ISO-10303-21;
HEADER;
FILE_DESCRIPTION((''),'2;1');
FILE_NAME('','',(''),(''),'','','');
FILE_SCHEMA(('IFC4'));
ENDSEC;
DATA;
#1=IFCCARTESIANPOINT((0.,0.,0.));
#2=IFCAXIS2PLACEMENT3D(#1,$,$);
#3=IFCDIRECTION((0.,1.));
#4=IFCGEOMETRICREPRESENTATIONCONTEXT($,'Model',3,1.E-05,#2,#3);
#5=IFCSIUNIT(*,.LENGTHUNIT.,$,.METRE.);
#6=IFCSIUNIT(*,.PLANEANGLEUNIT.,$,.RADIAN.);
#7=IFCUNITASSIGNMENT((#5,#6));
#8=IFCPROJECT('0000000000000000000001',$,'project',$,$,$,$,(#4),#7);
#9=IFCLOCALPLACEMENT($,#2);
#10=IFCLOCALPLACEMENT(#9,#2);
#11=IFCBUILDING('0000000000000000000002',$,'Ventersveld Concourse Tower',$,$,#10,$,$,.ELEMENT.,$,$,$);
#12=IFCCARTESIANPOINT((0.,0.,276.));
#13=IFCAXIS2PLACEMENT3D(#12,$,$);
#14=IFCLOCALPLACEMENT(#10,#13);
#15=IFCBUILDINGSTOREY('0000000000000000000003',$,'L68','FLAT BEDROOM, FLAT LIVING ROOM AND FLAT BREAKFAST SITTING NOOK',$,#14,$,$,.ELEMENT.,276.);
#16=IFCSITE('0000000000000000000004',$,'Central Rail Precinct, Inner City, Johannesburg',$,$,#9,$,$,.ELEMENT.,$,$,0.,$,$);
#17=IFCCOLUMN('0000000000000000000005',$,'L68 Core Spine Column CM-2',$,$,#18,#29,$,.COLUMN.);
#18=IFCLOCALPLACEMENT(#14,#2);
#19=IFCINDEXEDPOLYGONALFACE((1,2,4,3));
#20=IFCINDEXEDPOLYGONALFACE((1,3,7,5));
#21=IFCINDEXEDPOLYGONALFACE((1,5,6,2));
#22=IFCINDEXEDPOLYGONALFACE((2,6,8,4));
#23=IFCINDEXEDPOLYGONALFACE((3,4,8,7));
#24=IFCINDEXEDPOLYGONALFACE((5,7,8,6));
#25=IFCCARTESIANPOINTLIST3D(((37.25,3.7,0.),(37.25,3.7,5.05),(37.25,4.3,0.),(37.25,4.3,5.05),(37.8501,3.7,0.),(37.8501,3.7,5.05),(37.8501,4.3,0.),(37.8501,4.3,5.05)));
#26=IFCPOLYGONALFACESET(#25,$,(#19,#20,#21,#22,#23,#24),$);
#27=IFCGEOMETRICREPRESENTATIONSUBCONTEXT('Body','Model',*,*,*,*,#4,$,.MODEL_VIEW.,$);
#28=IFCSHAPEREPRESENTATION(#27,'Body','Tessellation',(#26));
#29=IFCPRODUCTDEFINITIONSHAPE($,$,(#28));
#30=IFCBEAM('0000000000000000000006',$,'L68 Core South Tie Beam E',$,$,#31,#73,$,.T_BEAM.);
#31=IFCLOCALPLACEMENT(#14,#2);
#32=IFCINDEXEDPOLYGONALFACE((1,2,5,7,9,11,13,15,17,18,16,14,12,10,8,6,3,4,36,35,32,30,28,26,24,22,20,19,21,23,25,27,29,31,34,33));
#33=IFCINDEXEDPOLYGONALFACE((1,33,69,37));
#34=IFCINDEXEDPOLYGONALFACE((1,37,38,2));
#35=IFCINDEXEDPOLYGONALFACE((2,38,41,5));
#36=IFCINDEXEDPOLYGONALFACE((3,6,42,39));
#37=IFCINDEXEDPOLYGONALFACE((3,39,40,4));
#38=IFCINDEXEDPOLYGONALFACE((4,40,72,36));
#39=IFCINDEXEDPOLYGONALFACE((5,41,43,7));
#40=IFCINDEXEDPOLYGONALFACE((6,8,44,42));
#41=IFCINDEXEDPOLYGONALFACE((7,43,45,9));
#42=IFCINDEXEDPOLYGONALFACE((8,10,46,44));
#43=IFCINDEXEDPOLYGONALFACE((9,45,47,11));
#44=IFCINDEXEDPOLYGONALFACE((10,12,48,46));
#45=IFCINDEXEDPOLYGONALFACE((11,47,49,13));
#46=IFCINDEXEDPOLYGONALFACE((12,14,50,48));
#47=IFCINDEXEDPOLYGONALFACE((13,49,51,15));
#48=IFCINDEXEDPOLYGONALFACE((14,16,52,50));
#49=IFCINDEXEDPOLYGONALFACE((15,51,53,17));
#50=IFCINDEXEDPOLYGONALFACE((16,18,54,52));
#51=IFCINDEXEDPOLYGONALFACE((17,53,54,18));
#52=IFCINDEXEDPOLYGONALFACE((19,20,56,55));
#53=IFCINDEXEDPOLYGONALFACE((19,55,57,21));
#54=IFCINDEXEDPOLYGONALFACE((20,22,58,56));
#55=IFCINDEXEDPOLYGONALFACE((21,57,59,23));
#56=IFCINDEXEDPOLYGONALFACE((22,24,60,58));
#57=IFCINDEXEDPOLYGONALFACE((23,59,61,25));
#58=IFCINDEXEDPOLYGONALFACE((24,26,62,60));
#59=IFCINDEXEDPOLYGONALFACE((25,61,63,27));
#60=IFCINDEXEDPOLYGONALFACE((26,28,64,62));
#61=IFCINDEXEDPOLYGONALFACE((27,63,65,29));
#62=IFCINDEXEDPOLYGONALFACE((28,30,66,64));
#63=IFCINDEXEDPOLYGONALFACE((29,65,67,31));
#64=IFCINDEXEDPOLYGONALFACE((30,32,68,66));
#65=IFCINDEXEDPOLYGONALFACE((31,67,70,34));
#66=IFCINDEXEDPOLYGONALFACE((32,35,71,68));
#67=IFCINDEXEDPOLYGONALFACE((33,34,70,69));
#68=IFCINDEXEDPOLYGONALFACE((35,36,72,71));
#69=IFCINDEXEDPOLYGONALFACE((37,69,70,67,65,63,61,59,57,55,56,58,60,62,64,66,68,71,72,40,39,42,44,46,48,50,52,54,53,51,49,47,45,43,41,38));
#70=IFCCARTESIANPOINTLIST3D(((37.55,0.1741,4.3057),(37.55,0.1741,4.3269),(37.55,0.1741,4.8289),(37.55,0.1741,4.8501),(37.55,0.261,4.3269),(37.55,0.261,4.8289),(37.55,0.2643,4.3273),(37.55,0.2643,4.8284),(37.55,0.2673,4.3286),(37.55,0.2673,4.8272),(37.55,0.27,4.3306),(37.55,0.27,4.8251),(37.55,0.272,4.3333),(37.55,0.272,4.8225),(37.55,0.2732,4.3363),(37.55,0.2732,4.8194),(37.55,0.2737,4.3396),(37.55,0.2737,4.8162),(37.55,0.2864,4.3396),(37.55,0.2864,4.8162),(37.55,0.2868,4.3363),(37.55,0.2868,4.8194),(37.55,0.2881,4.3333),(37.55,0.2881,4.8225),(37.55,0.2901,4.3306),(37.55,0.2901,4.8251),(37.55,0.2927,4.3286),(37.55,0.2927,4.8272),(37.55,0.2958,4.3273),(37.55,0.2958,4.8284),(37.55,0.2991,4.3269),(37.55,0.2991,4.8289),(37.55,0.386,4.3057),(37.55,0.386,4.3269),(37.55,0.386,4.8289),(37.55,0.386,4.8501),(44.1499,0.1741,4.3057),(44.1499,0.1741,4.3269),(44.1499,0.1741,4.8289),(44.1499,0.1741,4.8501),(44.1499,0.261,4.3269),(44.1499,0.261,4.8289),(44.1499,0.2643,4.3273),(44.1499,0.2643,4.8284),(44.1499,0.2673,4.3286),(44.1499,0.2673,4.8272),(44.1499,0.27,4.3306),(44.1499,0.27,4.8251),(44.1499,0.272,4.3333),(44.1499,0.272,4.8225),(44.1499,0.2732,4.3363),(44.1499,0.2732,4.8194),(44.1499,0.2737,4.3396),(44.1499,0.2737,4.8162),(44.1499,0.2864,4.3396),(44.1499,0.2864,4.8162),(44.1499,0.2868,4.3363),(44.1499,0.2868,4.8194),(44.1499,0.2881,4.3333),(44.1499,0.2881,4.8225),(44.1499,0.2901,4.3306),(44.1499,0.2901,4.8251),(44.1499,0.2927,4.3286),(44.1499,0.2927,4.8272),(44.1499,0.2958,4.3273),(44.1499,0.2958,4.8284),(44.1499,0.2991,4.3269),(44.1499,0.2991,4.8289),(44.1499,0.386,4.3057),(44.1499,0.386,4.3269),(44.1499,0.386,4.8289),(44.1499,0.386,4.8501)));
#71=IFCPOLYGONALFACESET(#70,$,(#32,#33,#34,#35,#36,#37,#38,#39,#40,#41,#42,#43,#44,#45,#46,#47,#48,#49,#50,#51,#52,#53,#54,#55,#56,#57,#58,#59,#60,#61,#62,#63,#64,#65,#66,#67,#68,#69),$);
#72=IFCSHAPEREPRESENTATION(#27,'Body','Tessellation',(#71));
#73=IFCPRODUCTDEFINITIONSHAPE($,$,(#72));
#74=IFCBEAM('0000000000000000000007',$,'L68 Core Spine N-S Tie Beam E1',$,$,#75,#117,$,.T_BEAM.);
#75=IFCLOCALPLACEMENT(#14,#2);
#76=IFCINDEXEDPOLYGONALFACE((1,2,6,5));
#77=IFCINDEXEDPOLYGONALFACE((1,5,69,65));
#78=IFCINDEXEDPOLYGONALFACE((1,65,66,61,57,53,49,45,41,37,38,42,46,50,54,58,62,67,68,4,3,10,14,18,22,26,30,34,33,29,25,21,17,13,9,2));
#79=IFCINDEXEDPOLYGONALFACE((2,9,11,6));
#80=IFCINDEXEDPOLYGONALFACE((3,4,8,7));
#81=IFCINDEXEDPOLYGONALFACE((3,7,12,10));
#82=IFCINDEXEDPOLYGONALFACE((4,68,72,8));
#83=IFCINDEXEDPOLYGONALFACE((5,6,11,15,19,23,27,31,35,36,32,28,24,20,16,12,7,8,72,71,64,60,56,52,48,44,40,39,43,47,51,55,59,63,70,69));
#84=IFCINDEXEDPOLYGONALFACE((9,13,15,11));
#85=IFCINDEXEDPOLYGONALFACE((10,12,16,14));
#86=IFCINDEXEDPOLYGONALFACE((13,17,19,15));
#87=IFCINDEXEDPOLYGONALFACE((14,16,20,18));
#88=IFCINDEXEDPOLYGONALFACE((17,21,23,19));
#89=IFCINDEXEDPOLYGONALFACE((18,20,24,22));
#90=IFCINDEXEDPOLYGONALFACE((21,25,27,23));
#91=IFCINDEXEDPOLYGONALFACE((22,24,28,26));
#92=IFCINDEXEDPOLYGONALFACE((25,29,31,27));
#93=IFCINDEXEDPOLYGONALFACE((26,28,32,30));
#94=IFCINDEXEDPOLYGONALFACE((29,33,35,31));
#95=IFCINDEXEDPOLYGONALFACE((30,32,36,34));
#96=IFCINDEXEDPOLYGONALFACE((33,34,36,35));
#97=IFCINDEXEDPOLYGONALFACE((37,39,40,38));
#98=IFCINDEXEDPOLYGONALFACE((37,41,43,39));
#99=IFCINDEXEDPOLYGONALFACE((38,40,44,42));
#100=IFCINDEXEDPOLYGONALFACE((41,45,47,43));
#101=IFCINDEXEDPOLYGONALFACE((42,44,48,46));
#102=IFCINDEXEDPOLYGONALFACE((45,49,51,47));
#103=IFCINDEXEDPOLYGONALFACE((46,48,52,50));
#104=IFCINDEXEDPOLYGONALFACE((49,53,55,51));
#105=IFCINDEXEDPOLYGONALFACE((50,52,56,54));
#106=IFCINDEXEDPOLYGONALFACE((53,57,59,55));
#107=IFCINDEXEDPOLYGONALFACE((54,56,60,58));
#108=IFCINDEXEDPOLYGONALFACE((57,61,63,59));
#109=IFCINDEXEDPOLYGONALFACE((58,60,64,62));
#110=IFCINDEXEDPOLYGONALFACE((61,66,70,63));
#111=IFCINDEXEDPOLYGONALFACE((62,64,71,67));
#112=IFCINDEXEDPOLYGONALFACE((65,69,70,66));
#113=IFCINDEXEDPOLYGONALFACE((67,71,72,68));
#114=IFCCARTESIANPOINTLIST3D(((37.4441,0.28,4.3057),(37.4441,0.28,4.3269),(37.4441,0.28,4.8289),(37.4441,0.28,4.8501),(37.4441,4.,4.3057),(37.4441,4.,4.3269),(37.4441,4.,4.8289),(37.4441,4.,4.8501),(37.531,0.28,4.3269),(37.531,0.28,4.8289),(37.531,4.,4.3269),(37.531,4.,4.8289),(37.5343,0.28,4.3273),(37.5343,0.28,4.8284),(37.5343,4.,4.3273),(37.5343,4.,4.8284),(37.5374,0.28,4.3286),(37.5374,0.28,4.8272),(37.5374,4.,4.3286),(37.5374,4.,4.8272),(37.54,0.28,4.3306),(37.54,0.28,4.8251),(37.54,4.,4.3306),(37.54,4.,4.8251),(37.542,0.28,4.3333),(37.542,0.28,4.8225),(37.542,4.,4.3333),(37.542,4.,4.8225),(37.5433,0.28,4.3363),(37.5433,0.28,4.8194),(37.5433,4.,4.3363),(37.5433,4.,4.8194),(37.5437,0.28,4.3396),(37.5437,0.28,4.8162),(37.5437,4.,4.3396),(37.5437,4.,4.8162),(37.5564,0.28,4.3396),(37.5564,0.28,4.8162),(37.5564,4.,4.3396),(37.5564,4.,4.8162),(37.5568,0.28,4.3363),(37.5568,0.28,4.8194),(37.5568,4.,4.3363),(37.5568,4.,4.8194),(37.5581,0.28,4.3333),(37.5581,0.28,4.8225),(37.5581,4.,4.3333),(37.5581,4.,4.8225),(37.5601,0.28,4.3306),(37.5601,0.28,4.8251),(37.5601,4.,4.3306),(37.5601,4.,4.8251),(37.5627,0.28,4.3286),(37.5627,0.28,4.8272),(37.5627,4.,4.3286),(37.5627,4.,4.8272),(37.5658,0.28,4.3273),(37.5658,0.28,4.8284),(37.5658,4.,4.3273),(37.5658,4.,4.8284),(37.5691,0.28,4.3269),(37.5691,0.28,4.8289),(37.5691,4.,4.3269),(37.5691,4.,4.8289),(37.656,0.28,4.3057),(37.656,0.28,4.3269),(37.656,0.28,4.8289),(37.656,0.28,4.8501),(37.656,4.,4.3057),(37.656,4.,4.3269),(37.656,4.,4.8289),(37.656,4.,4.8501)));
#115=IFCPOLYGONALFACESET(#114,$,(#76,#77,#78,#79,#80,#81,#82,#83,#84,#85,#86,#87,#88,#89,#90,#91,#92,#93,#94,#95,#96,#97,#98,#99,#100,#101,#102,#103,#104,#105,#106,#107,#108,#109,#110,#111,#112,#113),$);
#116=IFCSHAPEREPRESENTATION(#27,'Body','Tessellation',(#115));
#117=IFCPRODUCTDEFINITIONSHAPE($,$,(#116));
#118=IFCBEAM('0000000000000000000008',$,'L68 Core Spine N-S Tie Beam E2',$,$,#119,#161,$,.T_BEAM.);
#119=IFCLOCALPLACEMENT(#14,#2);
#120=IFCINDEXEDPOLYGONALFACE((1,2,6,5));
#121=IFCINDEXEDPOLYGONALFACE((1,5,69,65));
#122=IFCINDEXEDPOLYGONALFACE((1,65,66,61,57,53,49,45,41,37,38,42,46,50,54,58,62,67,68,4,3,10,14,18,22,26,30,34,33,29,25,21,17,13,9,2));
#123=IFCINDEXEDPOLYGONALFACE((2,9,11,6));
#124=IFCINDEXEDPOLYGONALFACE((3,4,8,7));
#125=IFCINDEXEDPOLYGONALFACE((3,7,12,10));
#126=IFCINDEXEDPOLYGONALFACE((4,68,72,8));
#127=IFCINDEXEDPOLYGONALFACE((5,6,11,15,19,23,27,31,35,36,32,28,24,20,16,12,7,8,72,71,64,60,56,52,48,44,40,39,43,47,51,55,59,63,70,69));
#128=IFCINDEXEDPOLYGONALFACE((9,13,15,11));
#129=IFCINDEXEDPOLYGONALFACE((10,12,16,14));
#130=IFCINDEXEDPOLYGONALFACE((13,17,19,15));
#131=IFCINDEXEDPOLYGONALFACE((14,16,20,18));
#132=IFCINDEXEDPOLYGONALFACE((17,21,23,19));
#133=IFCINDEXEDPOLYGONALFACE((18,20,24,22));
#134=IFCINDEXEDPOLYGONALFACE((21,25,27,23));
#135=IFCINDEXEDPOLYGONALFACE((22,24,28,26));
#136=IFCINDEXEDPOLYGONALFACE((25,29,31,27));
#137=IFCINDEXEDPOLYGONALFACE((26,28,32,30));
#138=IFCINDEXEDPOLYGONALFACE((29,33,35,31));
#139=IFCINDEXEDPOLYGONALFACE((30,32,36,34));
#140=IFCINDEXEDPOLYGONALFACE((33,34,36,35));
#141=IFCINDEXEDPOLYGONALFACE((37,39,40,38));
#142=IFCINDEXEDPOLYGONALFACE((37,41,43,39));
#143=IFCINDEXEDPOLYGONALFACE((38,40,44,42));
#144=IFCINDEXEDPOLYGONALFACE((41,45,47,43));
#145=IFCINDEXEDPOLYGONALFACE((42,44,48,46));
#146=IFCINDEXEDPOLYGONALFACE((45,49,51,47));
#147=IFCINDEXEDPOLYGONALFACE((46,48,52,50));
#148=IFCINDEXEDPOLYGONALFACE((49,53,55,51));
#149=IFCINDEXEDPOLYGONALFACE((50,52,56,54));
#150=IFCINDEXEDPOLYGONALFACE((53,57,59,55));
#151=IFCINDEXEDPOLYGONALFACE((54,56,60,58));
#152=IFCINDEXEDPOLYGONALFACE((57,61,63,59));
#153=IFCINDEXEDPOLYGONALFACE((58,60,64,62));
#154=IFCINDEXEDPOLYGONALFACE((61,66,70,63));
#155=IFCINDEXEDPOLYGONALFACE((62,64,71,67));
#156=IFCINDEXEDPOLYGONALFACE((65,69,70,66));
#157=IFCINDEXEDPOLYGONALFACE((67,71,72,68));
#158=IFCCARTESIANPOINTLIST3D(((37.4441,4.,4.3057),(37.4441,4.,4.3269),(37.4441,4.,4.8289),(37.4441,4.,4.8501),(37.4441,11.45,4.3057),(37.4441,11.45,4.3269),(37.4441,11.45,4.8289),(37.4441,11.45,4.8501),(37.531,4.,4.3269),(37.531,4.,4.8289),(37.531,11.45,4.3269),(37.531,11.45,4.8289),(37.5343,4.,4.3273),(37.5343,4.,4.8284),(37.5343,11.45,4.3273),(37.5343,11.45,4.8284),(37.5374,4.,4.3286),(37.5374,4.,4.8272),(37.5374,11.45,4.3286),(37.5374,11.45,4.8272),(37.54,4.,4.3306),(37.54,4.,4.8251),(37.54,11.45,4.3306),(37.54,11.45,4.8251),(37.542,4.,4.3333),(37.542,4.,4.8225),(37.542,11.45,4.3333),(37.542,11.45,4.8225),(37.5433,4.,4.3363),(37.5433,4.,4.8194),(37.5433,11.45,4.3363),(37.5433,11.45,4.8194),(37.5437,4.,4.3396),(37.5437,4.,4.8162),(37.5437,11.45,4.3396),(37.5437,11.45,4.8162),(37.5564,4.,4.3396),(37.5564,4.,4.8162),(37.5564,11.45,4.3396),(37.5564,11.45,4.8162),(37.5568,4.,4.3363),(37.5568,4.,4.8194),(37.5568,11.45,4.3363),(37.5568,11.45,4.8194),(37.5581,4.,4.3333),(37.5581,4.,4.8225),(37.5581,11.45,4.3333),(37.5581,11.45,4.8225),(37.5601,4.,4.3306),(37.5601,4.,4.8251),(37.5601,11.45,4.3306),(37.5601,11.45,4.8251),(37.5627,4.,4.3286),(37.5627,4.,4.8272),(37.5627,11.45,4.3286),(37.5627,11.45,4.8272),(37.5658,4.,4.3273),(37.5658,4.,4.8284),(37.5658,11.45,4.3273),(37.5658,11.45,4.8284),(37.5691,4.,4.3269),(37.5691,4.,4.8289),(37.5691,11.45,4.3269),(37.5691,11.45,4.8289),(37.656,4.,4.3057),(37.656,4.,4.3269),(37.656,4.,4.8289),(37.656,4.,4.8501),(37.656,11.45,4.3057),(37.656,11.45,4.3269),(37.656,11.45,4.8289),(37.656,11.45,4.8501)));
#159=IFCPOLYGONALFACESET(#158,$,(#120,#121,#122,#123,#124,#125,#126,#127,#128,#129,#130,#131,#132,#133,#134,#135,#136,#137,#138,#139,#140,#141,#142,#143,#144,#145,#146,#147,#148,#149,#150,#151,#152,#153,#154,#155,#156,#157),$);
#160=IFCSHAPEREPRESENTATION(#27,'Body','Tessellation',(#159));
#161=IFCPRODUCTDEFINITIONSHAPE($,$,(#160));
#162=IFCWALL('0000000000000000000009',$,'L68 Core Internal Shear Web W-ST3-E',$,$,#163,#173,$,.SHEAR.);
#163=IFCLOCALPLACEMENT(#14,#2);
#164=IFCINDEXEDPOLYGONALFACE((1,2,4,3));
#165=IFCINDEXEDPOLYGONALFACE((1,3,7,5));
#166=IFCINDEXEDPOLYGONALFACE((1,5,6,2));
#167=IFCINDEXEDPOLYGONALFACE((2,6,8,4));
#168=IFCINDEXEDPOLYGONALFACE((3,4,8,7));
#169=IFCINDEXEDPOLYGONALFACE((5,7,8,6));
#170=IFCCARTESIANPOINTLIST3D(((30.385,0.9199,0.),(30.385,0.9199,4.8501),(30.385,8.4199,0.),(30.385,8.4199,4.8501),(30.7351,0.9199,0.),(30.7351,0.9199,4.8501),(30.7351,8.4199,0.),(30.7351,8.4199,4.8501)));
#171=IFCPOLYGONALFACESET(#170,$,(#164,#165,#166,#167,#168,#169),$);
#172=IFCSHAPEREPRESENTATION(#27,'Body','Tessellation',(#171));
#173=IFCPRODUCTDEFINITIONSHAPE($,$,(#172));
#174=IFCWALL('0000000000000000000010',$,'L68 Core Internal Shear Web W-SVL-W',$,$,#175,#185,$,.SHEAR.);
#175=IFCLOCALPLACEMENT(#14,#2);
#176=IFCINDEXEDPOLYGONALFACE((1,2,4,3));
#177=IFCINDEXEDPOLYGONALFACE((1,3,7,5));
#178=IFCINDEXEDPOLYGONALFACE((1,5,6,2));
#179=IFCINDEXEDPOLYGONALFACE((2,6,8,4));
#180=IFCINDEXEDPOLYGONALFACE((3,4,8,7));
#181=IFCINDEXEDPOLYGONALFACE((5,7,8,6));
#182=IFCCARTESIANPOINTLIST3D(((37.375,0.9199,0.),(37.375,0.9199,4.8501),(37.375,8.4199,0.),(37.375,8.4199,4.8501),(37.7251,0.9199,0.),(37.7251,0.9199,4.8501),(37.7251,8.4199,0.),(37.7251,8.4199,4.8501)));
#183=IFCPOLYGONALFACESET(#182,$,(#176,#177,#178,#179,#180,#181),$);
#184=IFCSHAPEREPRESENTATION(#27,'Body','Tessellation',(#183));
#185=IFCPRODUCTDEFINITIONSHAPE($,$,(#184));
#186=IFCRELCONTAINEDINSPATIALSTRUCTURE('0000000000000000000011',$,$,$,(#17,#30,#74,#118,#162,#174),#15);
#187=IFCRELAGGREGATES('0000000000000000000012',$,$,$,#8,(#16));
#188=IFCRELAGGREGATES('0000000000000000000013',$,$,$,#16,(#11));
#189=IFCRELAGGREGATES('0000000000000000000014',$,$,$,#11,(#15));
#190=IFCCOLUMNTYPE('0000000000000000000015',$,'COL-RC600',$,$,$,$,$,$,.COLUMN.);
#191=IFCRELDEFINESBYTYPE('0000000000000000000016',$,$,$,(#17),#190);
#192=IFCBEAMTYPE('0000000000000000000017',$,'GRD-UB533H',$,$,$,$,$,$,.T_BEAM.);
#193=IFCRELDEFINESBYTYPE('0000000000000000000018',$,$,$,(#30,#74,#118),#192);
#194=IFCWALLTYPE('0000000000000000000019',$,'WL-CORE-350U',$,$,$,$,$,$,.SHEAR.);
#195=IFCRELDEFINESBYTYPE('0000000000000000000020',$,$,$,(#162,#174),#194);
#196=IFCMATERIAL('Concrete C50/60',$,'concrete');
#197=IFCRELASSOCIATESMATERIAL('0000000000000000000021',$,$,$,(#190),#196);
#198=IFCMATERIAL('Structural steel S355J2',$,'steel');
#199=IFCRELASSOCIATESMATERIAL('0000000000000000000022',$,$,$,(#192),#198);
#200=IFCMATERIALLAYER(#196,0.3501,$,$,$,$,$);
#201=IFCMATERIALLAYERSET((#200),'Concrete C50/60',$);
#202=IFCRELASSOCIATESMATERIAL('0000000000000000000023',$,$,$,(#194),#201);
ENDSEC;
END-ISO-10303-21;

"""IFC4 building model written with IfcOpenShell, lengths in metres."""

from ifc_helpers import new_model, si_unit, direction, frame, frame_2d, origin, origin_2d, place, context, subcontext, project, spatial, rectangle, i_section, extrude, material, layer, layer_set, material_profile, profile_set, type_object, element, save


model = new_model("IFC4")

# Units and contexts
model_context = context("Model", 3, precision=1e-05, world=origin(), true_north=direction((0.0, 1.0)))
body_context = subcontext(model_context, "Body", "Model", "MODEL_VIEW")
ifc_project = project(units=[si_unit("LENGTHUNIT", "METRE"), si_unit("PLANEANGLEUNIT", "RADIAN")], contexts=[model_context])

# Site, building, storey
site_placement = place(None, origin())
site = spatial("IfcSite", under=ifc_project, at=site_placement, Name="Central Rail Precinct, Inner City, Johannesburg", CompositionType="ELEMENT", RefElevation=0.0)
building_placement = place(site_placement, origin())
building = spatial("IfcBuilding", under=site, at=building_placement, Name="Ventersveld Concourse Tower", CompositionType="ELEMENT")
storey_placement = place(building_placement, frame((0.0, 0.0, 276.0)))
storey = spatial("IfcBuildingStorey", under=building, at=storey_placement, Name="L68", Description="FLAT BEDROOM, FLAT LIVING ROOM AND FLAT BREAKFAST SITTING NOOK", CompositionType="ELEMENT", Elevation=276.0)

# Column
ifc_material_1 = material(Name="Concrete C50/60", Category="concrete")
ifc_material_profile_1 = material_profile(ifc_material_1, rectangle(XDim=0.6001, YDim=0.6001, at=origin_2d()), Name="RC 600x600")
ifc_profile_set_1 = profile_set([ifc_material_profile_1], Name="Concrete C50/60")
column_type = type_object("IfcColumnType", Name="COL-RC600", PredefinedType="COLUMN", material=ifc_profile_set_1)
column_placement = place(storey_placement, frame((37.55, 4.0, 0.0), z_axis=(0.0, 0.0, 1.0), x_axis=(1.0, 0.0, 0.0)))
element("IfcColumn", 1, at=column_placement, inside=storey, type_object=column_type, Name="L68 Core Spine Column CM-2", PredefinedType="COLUMN", context=body_context, shape_type="SweptSolid", body=[
    extrude(rectangle(XDim=0.6001, YDim=0.6001, at=origin_2d()), origin(), (0.0, 0.0, 1.0), 5.05),
])

# Beams
ifc_material_2 = material(Name="Structural steel S355J2", Category="steel")
ifc_material_profile_2 = material_profile(ifc_material_2, i_section(OverallWidth=0.2119, OverallDepth=0.5444, WebThickness=0.0127, FlangeThickness=0.0212, FilletRadius=0.0127, at=origin_2d()), Name="UB 533x210x122")
ifc_profile_set_2 = profile_set([ifc_material_profile_2], Name="Structural steel S355J2")
beam_type = type_object("IfcBeamType", Name="GRD-UB533H", PredefinedType="T_BEAM", material=ifc_profile_set_2)
beam_1_placement = place(storey_placement, frame((37.55, 0.28, 4.5779), z_axis=(1.0, 0.0, 0.0), x_axis=(0.0, 1.0, 0.0)))
element("IfcBeam", 2, at=beam_1_placement, inside=storey, type_object=beam_type, Name="L68 Core South Tie Beam E", PredefinedType="T_BEAM", context=body_context, shape_type="SweptSolid", body=[
    extrude(i_section(OverallWidth=0.2119, OverallDepth=0.5444, WebThickness=0.0127, FlangeThickness=0.0212, FilletRadius=0.0127, at=origin_2d()), origin(), (0.0, 0.0, 1.0), 6.5999),
])
beam_2_placement = place(storey_placement, frame((37.55, 0.28, 4.5779), z_axis=(0.0, 1.0, 0.0), x_axis=(-1.0, 0.0, 0.0)))
element("IfcBeam", 3, at=beam_2_placement, inside=storey, type_object=beam_type, Name="L68 Core Spine N-S Tie Beam E1", PredefinedType="T_BEAM", context=body_context, shape_type="SweptSolid", body=[
    extrude(i_section(OverallWidth=0.2119, OverallDepth=0.5444, WebThickness=0.0127, FlangeThickness=0.0212, FilletRadius=0.0127, at=origin_2d()), origin(), (0.0, 0.0, 1.0), 3.72),
])
beam_3_placement = place(storey_placement, frame((37.55, 4.0, 4.5779), z_axis=(0.0, 1.0, 0.0), x_axis=(-1.0, 0.0, 0.0)))
element("IfcBeam", 4, at=beam_3_placement, inside=storey, type_object=beam_type, Name="L68 Core Spine N-S Tie Beam E2", PredefinedType="T_BEAM", context=body_context, shape_type="SweptSolid", body=[
    extrude(i_section(OverallWidth=0.2119, OverallDepth=0.5444, WebThickness=0.0127, FlangeThickness=0.0212, FilletRadius=0.0127, at=origin_2d()), origin(), (0.0, 0.0, 1.0), 7.45),
])

# Walls
ifc_layer_1 = layer(ifc_material_1, 0.3501)
ifc_layer_set_1 = layer_set([ifc_layer_1], Name="Concrete C50/60")
wall_type_1 = type_object("IfcWallType", Name="WL-CORE-350U", PredefinedType="SHEAR", material=ifc_layer_set_1)
for number, where, z_axis, x_axis, name in (
    (5, (30.5601, 0.9199, 0.0), (0.0, 0.0, 1.0), (0.0, 1.0, 0.0), "L68 Core Internal Shear Web W-ST3-E"),
    (6, (37.55, 0.9199, 0.0), (0.0, 0.0, 1.0), (0.0, 1.0, 0.0), "L68 Core Internal Shear Web W-SVL-W"),
):
    element("IfcWall", number, at=place(storey_placement, frame(where, z_axis=z_axis, x_axis=x_axis)), inside=storey, type_object=wall_type_1, Name=name, PredefinedType="SHEAR", context=body_context, shape_type="SweptSolid", body=[
        extrude(rectangle(XDim=7.5, YDim=0.3501, at=frame_2d((3.75, 0.0))), origin(), (0.0, 0.0, 1.0), 4.8501),
    ])

save(model, "model.ifc")
